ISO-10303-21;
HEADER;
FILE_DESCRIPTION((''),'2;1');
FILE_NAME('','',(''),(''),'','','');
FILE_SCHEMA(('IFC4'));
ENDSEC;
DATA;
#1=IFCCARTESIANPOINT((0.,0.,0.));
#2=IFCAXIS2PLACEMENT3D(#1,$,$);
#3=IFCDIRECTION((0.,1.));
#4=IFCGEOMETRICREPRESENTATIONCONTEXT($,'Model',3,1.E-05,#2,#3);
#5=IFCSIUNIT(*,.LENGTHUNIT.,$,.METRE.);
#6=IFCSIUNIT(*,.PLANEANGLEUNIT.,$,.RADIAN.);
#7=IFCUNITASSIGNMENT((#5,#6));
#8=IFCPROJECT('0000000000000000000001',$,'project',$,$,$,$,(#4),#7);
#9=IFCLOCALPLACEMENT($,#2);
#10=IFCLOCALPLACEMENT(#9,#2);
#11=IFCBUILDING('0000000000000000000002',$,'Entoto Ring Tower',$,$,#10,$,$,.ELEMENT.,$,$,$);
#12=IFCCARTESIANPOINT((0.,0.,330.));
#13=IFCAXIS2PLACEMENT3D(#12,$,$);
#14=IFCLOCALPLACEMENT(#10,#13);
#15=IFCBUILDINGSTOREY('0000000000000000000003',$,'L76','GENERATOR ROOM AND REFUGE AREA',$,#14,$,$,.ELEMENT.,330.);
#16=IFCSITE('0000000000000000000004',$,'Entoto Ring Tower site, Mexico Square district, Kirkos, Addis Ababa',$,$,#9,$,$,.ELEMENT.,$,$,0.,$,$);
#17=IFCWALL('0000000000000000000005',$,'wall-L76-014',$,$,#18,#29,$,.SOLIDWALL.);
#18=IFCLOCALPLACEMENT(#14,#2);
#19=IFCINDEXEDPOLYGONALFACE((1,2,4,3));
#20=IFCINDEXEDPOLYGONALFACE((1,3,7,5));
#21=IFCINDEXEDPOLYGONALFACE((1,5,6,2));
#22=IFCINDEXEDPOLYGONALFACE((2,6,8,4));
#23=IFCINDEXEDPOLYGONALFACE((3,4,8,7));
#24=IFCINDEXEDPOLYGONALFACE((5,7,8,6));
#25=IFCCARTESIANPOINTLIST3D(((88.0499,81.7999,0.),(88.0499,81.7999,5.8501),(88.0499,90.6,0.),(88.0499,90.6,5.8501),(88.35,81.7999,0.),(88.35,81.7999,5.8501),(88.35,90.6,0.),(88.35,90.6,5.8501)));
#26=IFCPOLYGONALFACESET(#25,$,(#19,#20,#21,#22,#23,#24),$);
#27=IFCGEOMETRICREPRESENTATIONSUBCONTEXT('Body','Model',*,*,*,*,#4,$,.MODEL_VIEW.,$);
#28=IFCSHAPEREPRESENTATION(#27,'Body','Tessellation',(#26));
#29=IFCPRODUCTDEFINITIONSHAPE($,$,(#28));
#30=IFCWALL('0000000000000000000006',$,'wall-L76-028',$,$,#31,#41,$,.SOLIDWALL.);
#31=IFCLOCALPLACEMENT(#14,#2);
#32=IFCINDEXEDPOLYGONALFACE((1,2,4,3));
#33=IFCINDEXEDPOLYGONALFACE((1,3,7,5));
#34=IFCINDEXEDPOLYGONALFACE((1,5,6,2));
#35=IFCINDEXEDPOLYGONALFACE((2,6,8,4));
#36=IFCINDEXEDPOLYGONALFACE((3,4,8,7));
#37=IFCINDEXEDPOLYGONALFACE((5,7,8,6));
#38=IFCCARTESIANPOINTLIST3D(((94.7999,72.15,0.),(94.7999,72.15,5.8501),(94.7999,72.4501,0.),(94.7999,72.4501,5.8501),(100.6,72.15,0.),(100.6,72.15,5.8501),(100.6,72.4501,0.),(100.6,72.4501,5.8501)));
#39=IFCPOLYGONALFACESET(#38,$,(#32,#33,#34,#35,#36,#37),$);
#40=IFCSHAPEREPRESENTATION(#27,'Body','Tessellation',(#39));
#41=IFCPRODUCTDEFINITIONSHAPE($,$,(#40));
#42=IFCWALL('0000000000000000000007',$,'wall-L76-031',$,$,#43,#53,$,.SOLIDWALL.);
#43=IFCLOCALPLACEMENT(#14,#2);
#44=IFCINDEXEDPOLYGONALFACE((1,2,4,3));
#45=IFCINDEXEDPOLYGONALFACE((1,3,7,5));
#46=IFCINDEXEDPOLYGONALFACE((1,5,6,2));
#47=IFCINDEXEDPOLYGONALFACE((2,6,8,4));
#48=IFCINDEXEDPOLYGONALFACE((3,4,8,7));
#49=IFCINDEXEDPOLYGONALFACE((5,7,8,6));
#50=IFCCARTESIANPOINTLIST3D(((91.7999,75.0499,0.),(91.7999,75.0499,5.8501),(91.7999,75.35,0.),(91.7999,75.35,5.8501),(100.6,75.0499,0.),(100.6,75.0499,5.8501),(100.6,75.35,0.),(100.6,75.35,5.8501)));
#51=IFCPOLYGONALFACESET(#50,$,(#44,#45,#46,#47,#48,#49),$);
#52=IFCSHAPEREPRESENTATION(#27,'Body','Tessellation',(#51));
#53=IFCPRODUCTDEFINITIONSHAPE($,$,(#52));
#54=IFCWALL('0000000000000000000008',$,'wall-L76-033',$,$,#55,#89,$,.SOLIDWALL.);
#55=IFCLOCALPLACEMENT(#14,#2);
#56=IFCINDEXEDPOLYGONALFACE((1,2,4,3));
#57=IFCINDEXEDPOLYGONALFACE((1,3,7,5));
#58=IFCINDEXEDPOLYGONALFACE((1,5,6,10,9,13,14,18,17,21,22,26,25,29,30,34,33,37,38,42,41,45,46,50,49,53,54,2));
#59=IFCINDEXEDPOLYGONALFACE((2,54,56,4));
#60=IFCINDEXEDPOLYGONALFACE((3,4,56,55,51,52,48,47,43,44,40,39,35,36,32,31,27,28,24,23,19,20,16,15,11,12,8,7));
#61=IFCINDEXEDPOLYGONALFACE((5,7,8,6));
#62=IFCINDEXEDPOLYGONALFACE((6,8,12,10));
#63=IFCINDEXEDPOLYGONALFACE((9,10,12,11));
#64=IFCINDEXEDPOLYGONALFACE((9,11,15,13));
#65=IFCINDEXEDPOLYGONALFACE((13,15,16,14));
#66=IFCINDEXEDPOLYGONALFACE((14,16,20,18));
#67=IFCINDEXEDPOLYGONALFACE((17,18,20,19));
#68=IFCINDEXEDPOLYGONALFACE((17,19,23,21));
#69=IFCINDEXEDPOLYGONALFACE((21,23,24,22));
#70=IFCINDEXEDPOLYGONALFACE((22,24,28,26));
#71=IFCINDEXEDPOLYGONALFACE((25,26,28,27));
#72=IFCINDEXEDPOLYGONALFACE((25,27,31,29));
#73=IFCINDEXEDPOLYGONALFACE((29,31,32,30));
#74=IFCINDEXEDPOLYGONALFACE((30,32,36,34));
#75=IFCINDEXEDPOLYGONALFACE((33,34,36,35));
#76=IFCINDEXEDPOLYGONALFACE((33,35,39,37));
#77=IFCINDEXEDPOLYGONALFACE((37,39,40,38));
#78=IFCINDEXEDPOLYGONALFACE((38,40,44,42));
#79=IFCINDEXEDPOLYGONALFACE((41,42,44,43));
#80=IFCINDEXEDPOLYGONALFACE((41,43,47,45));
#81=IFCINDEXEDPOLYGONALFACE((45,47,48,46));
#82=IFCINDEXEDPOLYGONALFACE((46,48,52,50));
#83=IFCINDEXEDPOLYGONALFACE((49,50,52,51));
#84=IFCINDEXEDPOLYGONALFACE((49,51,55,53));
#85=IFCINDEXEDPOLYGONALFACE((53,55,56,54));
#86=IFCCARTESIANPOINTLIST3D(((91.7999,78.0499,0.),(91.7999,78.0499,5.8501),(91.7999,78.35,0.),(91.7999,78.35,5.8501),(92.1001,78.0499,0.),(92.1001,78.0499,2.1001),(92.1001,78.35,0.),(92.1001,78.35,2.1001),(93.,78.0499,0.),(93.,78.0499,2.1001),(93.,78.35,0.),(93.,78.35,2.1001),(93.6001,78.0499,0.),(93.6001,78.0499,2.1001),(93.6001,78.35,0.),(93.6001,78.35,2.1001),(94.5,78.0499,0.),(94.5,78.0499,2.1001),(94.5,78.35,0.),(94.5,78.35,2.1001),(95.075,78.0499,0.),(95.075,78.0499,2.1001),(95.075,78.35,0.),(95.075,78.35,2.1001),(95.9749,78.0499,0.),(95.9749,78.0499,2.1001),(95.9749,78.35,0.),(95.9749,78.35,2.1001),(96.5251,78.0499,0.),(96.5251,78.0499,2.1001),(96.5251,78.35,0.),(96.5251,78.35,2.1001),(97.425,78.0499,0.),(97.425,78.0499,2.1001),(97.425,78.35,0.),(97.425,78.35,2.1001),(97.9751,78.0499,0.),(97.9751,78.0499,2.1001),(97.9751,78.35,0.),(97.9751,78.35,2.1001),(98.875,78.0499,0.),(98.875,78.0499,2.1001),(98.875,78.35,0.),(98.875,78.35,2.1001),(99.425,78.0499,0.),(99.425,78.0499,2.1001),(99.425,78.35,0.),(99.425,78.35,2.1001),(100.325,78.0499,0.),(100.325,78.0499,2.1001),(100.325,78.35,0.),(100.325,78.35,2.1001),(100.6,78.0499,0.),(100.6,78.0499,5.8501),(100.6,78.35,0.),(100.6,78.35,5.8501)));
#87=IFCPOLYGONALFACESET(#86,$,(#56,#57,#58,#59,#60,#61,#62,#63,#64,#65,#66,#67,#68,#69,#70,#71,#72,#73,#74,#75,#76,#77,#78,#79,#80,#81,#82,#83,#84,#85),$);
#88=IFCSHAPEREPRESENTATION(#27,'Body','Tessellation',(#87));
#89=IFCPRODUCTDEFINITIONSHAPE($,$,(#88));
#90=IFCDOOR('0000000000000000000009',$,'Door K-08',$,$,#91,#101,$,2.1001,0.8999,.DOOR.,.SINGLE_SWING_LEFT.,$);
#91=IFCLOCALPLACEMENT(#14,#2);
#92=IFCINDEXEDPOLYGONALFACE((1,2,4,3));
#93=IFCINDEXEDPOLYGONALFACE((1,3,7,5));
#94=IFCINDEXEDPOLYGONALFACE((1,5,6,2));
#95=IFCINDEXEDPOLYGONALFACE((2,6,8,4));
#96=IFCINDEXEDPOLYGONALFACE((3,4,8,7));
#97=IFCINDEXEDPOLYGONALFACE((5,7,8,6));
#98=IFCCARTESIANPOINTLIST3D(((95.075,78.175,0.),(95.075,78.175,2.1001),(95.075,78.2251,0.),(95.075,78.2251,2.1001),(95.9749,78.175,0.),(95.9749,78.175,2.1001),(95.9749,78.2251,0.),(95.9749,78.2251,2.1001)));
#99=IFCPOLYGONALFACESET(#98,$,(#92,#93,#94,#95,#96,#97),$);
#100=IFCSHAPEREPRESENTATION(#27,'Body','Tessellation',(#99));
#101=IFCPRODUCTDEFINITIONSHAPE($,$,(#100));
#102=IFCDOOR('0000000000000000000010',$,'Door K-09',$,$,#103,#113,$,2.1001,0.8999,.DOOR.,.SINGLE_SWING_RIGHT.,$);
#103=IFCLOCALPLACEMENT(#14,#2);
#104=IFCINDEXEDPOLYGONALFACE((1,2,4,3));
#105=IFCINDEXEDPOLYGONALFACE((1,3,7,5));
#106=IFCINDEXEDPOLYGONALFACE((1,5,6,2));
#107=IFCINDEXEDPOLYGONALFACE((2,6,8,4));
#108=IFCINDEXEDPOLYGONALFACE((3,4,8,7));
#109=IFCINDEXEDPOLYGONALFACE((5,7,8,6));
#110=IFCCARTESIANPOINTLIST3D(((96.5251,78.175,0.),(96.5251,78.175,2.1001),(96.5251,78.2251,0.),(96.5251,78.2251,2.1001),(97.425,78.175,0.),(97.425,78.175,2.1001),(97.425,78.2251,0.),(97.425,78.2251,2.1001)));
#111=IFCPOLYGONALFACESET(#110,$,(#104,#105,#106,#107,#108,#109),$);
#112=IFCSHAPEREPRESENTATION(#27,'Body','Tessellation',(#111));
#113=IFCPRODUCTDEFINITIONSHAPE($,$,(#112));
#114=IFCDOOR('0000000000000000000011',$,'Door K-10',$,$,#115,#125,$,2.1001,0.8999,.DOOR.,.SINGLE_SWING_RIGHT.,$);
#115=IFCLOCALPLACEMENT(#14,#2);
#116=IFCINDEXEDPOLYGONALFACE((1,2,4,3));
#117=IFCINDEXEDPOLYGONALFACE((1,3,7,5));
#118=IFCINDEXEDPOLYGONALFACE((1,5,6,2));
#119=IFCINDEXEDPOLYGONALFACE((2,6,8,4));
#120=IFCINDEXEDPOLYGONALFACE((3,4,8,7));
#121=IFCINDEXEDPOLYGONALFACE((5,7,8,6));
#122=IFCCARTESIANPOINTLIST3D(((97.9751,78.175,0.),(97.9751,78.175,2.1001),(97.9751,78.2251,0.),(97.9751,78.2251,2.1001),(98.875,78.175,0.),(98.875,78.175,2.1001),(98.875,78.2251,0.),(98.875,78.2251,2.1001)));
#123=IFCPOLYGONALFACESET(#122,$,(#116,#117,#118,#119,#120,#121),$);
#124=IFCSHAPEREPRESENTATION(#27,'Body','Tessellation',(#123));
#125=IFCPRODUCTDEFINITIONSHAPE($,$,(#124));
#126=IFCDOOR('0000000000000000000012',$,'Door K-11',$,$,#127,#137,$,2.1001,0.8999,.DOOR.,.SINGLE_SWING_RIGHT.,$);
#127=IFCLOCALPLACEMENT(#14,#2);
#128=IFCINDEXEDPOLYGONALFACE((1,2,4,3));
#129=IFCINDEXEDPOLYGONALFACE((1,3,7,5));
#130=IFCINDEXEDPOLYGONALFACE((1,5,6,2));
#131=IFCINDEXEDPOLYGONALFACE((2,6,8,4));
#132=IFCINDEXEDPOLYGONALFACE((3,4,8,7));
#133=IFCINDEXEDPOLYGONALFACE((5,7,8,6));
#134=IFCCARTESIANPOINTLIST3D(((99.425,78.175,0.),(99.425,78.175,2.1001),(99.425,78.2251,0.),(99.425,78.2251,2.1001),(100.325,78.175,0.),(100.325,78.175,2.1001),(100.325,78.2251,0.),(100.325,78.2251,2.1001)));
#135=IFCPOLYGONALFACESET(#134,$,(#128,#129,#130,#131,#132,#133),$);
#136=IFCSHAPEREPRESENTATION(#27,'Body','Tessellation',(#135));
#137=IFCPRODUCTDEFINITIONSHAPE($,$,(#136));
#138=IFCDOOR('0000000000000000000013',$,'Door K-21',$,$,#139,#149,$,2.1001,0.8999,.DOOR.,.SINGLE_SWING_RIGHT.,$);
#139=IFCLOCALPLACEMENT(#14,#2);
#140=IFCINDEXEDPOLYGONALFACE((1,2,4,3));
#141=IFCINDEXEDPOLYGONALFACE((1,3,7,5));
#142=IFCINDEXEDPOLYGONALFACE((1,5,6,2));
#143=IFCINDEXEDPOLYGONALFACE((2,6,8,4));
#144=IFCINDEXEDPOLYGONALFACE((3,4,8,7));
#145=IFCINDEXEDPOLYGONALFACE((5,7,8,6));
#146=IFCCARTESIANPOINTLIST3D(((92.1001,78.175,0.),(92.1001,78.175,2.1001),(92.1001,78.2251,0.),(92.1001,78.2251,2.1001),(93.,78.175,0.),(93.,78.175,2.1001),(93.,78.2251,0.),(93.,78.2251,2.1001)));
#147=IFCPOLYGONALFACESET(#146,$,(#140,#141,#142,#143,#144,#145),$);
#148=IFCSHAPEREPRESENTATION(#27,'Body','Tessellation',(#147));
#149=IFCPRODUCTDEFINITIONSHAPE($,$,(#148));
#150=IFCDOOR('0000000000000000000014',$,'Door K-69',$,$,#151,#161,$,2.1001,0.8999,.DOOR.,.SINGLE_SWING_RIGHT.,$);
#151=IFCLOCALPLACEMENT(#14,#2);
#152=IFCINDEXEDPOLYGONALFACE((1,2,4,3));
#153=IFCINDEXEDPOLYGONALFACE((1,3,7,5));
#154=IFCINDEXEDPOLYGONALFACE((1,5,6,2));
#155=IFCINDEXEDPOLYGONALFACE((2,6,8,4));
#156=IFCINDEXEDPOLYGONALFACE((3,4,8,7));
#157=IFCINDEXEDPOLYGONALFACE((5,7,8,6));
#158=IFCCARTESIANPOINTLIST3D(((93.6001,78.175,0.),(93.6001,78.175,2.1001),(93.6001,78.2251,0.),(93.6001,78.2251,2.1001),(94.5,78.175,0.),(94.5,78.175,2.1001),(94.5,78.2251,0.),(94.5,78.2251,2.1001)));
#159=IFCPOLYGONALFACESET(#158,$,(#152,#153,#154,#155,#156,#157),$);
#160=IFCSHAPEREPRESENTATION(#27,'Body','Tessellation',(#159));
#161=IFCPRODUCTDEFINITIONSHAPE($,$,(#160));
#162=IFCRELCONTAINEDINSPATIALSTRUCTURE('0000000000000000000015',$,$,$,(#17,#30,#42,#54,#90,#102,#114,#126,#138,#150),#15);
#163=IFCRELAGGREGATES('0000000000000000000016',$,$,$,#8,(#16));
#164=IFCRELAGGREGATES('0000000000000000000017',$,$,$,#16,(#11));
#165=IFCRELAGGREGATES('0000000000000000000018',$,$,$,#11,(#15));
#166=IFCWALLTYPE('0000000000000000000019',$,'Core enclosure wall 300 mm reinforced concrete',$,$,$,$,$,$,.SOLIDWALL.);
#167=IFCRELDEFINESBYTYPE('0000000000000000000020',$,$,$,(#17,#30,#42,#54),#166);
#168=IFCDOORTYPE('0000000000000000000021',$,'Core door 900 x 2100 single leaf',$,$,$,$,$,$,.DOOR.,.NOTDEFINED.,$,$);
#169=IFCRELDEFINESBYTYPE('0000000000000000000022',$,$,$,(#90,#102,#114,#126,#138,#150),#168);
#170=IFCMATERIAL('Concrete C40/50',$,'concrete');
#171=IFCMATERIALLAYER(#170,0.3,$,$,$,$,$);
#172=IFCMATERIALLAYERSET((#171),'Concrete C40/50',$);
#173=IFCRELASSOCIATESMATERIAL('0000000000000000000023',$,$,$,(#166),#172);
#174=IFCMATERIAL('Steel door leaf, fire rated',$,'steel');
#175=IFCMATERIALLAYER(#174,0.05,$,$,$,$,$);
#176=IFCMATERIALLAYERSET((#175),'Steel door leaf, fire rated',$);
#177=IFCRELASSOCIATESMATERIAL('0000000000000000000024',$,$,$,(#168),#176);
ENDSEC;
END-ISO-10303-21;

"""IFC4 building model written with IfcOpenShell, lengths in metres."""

from ifc_helpers import new_model, si_unit, direction, frame, frame_2d, origin, place, context, subcontext, project, spatial, rectangle, extrude, material, layer, layer_set, type_object, element, fill, save


model = new_model("IFC4")

# Units and contexts
model_context = context("Model", 3, precision=1e-05, world=origin(), true_north=direction((0.0, 1.0)))
body_context = subcontext(model_context, "Body", "Model", "MODEL_VIEW")
ifc_project = project(units=[si_unit("LENGTHUNIT", "METRE"), si_unit("PLANEANGLEUNIT", "RADIAN")], contexts=[model_context])

# Site, building, storey
site_placement = place(None, origin())
site = spatial("IfcSite", under=ifc_project, at=site_placement, Name="Entoto Ring Tower site, Mexico Square district, Kirkos, Addis Ababa", CompositionType="ELEMENT", RefElevation=0.0)
building_placement = place(site_placement, origin())
building = spatial("IfcBuilding", under=site, at=building_placement, Name="Entoto Ring Tower", CompositionType="ELEMENT")
storey_placement = place(building_placement, frame((0.0, 0.0, 330.0)))
storey = spatial("IfcBuildingStorey", under=building, at=storey_placement, Name="L76", Description="GENERATOR ROOM AND REFUGE AREA", CompositionType="ELEMENT", Elevation=330.0)

# Shared definitions
ifc_material_1 = material(Name="Concrete C40/50", Category="concrete")
ifc_layer_1 = layer(ifc_material_1, 0.3)
ifc_layer_set_1 = layer_set([ifc_layer_1], Name="Concrete C40/50")
wall_type = type_object("IfcWallType", Name="Core enclosure wall 300 mm reinforced concrete", PredefinedType="SOLIDWALL", material=ifc_layer_set_1)

# Walls
wall_1_placement = place(storey_placement, frame((88.2, 81.8, 0.0), z_axis=(0.0, 0.0, 1.0), x_axis=(0.0, 1.0, 0.0)))
element("IfcWall", 1, at=wall_1_placement, inside=storey, type_object=wall_type, Name="wall-L76-014", PredefinedType="SOLIDWALL", context=body_context, shape_type="SweptSolid", body=[
    extrude(rectangle(XDim=8.8, YDim=0.3, at=frame_2d((4.3999, 0.0))), origin(), (0.0, 0.0, 1.0), 5.8501),
])
wall_2_placement = place(storey_placement, frame((94.8, 72.3, 0.0), z_axis=(0.0, 0.0, 1.0), x_axis=(1.0, 0.0, 0.0)))
element("IfcWall", 2, at=wall_2_placement, inside=storey, type_object=wall_type, Name="wall-L76-028", PredefinedType="SOLIDWALL", context=body_context, shape_type="SweptSolid", body=[
    extrude(rectangle(XDim=5.8, YDim=0.3, at=frame_2d((2.8999, 0.0))), origin(), (0.0, 0.0, 1.0), 5.8501),
])
wall_3_placement = place(storey_placement, frame((91.8, 75.2, 0.0), z_axis=(0.0, 0.0, 1.0), x_axis=(1.0, 0.0, 0.0)))
element("IfcWall", 3, at=wall_3_placement, inside=storey, type_object=wall_type, Name="wall-L76-031", PredefinedType="SOLIDWALL", context=body_context, shape_type="SweptSolid", body=[
    extrude(rectangle(XDim=8.8, YDim=0.3, at=frame_2d((4.3999, 0.0))), origin(), (0.0, 0.0, 1.0), 5.8501),
])

# Wall, openings, doors
wall_4_placement = place(storey_placement, frame((91.8, 78.2, 0.0), z_axis=(0.0, 0.0, 1.0), x_axis=(1.0, 0.0, 0.0)))
wall_4 = element("IfcWall", 4, at=wall_4_placement, inside=storey, type_object=wall_type, Name="wall-L76-033", PredefinedType="SOLIDWALL", context=body_context, shape_type="SweptSolid", body=[
    extrude(rectangle(XDim=8.8, YDim=0.3, at=frame_2d((4.3999, 0.0))), origin(), (0.0, 0.0, 1.0), 5.8501),
])
opening_1_placement = place(wall_4_placement, frame((3.2749, 0.0, 0.0)))
opening_1 = element("IfcOpeningElement", 5, at=opening_1_placement, cuts=wall_4, PredefinedType="OPENING", context=body_context, shape_type="SweptSolid", body=[
    extrude(rectangle(XDim=0.8999, YDim=2.1001, at=frame_2d((0.45, 1.05))), frame((0.0, 0.1602, 0.0), z_axis=(0.0, -1.0, 0.0), x_axis=(1.0, 0.0, 0.0)), (0.0, 0.0, 1.0), 0.3201),
])
opening_2_placement = place(wall_4_placement, frame((4.7251, 0.0, 0.0)))
opening_2 = element("IfcOpeningElement", 6, at=opening_2_placement, cuts=wall_4, PredefinedType="OPENING", context=body_context, shape_type="SweptSolid", body=[
    extrude(rectangle(XDim=0.8999, YDim=2.1001, at=frame_2d((0.45, 1.05))), frame((0.0, 0.1602, 0.0), z_axis=(0.0, -1.0, 0.0), x_axis=(1.0, 0.0, 0.0)), (0.0, 0.0, 1.0), 0.3201),
])
opening_3_placement = place(wall_4_placement, frame((6.175, 0.0, 0.0)))
opening_3 = element("IfcOpeningElement", 7, at=opening_3_placement, cuts=wall_4, PredefinedType="OPENING", context=body_context, shape_type="SweptSolid", body=[
    extrude(rectangle(XDim=0.8999, YDim=2.1001, at=frame_2d((0.45, 1.05))), frame((0.0, 0.1602, 0.0), z_axis=(0.0, -1.0, 0.0), x_axis=(1.0, 0.0, 0.0)), (0.0, 0.0, 1.0), 0.3201),
])
opening_4_placement = place(wall_4_placement, frame((7.625, 0.0, 0.0)))
opening_4 = element("IfcOpeningElement", 8, at=opening_4_placement, cuts=wall_4, PredefinedType="OPENING", context=body_context, shape_type="SweptSolid", body=[
    extrude(rectangle(XDim=0.8999, YDim=2.1001, at=frame_2d((0.45, 1.05))), frame((0.0, 0.1602, 0.0), z_axis=(0.0, -1.0, 0.0), x_axis=(1.0, 0.0, 0.0)), (0.0, 0.0, 1.0), 0.3201),
])
opening_5_placement = place(wall_4_placement, frame((0.3, 0.0, 0.0)))
opening_5 = element("IfcOpeningElement", 9, at=opening_5_placement, cuts=wall_4, PredefinedType="OPENING", context=body_context, shape_type="SweptSolid", body=[
    extrude(rectangle(XDim=0.8999, YDim=2.1001, at=frame_2d((0.45, 1.05))), frame((0.0, 0.1602, 0.0), z_axis=(0.0, -1.0, 0.0), x_axis=(1.0, 0.0, 0.0)), (0.0, 0.0, 1.0), 0.3201),
])
opening_6_placement = place(wall_4_placement, frame((1.8, 0.0, 0.0)))
opening_6 = element("IfcOpeningElement", 10, at=opening_6_placement, cuts=wall_4, PredefinedType="OPENING", context=body_context, shape_type="SweptSolid", body=[
    extrude(rectangle(XDim=0.8999, YDim=2.1001, at=frame_2d((0.45, 1.05))), frame((0.0, 0.1602, 0.0), z_axis=(0.0, -1.0, 0.0), x_axis=(1.0, 0.0, 0.0)), (0.0, 0.0, 1.0), 0.3201),
])
ifc_material_2 = material(Name="Steel door leaf, fire rated", Category="steel")
ifc_layer_2 = layer(ifc_material_2, 0.05)
ifc_layer_set_2 = layer_set([ifc_layer_2], Name="Steel door leaf, fire rated")
door_type_1 = type_object("IfcDoorType", Name="Core door 900 x 2100 single leaf", OperationType="NOTDEFINED", PredefinedType="DOOR", material=ifc_layer_set_2)
door_1_placement = place(opening_1_placement, frame((0.8999, 0.0, 0.0), z_axis=(0.0, 0.0, 1.0), x_axis=(-1.0, 0.0, 0.0)))
door_1 = element("IfcDoor", 11, at=door_1_placement, inside=storey, type_object=door_type_1, Name="Door K-08", OperationType="SINGLE_SWING_LEFT", OverallHeight=2.1001, OverallWidth=0.8999, PredefinedType="DOOR", context=body_context, shape_type="SweptSolid", body=[
    extrude(rectangle(XDim=0.8999, YDim=2.1001, at=frame_2d((0.45, 1.05))), frame((0.0, 0.0249, 0.0), z_axis=(0.0, -1.0, 0.0), x_axis=(1.0, 0.0, 0.0)), (0.0, 0.0, 1.0), 0.05),
])
fill(opening_1, door_1)
door_2_placement = place(opening_2_placement, frame((0.8999, 0.0, 0.0), z_axis=(0.0, 0.0, 1.0), x_axis=(-1.0, 0.0, 0.0)))
door_2 = element("IfcDoor", 12, at=door_2_placement, inside=storey, type_object=door_type_1, Name="Door K-09", OperationType="SINGLE_SWING_RIGHT", OverallHeight=2.1001, OverallWidth=0.8999, PredefinedType="DOOR", context=body_context, shape_type="SweptSolid", body=[
    extrude(rectangle(XDim=0.8999, YDim=2.1001, at=frame_2d((0.45, 1.05))), frame((0.0, 0.0249, 0.0), z_axis=(0.0, -1.0, 0.0), x_axis=(1.0, 0.0, 0.0)), (0.0, 0.0, 1.0), 0.05),
])
fill(opening_2, door_2)
door_3_placement = place(opening_3_placement, frame((0.8999, 0.0, 0.0), z_axis=(0.0, 0.0, 1.0), x_axis=(-1.0, 0.0, 0.0)))
door_3 = element("IfcDoor", 13, at=door_3_placement, inside=storey, type_object=door_type_1, Name="Door K-10", OperationType="SINGLE_SWING_RIGHT", OverallHeight=2.1001, OverallWidth=0.8999, PredefinedType="DOOR", context=body_context, shape_type="SweptSolid", body=[
    extrude(rectangle(XDim=0.8999, YDim=2.1001, at=frame_2d((0.45, 1.05))), frame((0.0, 0.0249, 0.0), z_axis=(0.0, -1.0, 0.0), x_axis=(1.0, 0.0, 0.0)), (0.0, 0.0, 1.0), 0.05),
])
fill(opening_3, door_3)
door_4_placement = place(opening_4_placement, frame((0.8999, 0.0, 0.0), z_axis=(0.0, 0.0, 1.0), x_axis=(-1.0, 0.0, 0.0)))
door_4 = element("IfcDoor", 14, at=door_4_placement, inside=storey, type_object=door_type_1, Name="Door K-11", OperationType="SINGLE_SWING_RIGHT", OverallHeight=2.1001, OverallWidth=0.8999, PredefinedType="DOOR", context=body_context, shape_type="SweptSolid", body=[
    extrude(rectangle(XDim=0.8999, YDim=2.1001, at=frame_2d((0.45, 1.05))), frame((0.0, 0.0249, 0.0), z_axis=(0.0, -1.0, 0.0), x_axis=(1.0, 0.0, 0.0)), (0.0, 0.0, 1.0), 0.05),
])
fill(opening_4, door_4)
door_5_placement = place(opening_5_placement, frame((0.8999, 0.0, 0.0), z_axis=(0.0, 0.0, 1.0), x_axis=(-1.0, 0.0, 0.0)))
door_5 = element("IfcDoor", 15, at=door_5_placement, inside=storey, type_object=door_type_1, Name="Door K-21", OperationType="SINGLE_SWING_RIGHT", OverallHeight=2.1001, OverallWidth=0.8999, PredefinedType="DOOR", context=body_context, shape_type="SweptSolid", body=[
    extrude(rectangle(XDim=0.8999, YDim=2.1001, at=frame_2d((0.45, 1.05))), frame((0.0, 0.0249, 0.0), z_axis=(0.0, -1.0, 0.0), x_axis=(1.0, 0.0, 0.0)), (0.0, 0.0, 1.0), 0.05),
])
fill(opening_5, door_5)
door_6_placement = place(opening_6_placement, frame((0.8999, 0.0, 0.0), z_axis=(0.0, 0.0, 1.0), x_axis=(-1.0, 0.0, 0.0)))
door_6 = element("IfcDoor", 16, at=door_6_placement, inside=storey, type_object=door_type_1, Name="Door K-69", OperationType="SINGLE_SWING_RIGHT", OverallHeight=2.1001, OverallWidth=0.8999, PredefinedType="DOOR", context=body_context, shape_type="SweptSolid", body=[
    extrude(rectangle(XDim=0.8999, YDim=2.1001, at=frame_2d((0.45, 1.05))), frame((0.0, 0.0249, 0.0), z_axis=(0.0, -1.0, 0.0), x_axis=(1.0, 0.0, 0.0)), (0.0, 0.0, 1.0), 0.05),
])
fill(opening_6, door_6)

save(model, "model.ifc")
